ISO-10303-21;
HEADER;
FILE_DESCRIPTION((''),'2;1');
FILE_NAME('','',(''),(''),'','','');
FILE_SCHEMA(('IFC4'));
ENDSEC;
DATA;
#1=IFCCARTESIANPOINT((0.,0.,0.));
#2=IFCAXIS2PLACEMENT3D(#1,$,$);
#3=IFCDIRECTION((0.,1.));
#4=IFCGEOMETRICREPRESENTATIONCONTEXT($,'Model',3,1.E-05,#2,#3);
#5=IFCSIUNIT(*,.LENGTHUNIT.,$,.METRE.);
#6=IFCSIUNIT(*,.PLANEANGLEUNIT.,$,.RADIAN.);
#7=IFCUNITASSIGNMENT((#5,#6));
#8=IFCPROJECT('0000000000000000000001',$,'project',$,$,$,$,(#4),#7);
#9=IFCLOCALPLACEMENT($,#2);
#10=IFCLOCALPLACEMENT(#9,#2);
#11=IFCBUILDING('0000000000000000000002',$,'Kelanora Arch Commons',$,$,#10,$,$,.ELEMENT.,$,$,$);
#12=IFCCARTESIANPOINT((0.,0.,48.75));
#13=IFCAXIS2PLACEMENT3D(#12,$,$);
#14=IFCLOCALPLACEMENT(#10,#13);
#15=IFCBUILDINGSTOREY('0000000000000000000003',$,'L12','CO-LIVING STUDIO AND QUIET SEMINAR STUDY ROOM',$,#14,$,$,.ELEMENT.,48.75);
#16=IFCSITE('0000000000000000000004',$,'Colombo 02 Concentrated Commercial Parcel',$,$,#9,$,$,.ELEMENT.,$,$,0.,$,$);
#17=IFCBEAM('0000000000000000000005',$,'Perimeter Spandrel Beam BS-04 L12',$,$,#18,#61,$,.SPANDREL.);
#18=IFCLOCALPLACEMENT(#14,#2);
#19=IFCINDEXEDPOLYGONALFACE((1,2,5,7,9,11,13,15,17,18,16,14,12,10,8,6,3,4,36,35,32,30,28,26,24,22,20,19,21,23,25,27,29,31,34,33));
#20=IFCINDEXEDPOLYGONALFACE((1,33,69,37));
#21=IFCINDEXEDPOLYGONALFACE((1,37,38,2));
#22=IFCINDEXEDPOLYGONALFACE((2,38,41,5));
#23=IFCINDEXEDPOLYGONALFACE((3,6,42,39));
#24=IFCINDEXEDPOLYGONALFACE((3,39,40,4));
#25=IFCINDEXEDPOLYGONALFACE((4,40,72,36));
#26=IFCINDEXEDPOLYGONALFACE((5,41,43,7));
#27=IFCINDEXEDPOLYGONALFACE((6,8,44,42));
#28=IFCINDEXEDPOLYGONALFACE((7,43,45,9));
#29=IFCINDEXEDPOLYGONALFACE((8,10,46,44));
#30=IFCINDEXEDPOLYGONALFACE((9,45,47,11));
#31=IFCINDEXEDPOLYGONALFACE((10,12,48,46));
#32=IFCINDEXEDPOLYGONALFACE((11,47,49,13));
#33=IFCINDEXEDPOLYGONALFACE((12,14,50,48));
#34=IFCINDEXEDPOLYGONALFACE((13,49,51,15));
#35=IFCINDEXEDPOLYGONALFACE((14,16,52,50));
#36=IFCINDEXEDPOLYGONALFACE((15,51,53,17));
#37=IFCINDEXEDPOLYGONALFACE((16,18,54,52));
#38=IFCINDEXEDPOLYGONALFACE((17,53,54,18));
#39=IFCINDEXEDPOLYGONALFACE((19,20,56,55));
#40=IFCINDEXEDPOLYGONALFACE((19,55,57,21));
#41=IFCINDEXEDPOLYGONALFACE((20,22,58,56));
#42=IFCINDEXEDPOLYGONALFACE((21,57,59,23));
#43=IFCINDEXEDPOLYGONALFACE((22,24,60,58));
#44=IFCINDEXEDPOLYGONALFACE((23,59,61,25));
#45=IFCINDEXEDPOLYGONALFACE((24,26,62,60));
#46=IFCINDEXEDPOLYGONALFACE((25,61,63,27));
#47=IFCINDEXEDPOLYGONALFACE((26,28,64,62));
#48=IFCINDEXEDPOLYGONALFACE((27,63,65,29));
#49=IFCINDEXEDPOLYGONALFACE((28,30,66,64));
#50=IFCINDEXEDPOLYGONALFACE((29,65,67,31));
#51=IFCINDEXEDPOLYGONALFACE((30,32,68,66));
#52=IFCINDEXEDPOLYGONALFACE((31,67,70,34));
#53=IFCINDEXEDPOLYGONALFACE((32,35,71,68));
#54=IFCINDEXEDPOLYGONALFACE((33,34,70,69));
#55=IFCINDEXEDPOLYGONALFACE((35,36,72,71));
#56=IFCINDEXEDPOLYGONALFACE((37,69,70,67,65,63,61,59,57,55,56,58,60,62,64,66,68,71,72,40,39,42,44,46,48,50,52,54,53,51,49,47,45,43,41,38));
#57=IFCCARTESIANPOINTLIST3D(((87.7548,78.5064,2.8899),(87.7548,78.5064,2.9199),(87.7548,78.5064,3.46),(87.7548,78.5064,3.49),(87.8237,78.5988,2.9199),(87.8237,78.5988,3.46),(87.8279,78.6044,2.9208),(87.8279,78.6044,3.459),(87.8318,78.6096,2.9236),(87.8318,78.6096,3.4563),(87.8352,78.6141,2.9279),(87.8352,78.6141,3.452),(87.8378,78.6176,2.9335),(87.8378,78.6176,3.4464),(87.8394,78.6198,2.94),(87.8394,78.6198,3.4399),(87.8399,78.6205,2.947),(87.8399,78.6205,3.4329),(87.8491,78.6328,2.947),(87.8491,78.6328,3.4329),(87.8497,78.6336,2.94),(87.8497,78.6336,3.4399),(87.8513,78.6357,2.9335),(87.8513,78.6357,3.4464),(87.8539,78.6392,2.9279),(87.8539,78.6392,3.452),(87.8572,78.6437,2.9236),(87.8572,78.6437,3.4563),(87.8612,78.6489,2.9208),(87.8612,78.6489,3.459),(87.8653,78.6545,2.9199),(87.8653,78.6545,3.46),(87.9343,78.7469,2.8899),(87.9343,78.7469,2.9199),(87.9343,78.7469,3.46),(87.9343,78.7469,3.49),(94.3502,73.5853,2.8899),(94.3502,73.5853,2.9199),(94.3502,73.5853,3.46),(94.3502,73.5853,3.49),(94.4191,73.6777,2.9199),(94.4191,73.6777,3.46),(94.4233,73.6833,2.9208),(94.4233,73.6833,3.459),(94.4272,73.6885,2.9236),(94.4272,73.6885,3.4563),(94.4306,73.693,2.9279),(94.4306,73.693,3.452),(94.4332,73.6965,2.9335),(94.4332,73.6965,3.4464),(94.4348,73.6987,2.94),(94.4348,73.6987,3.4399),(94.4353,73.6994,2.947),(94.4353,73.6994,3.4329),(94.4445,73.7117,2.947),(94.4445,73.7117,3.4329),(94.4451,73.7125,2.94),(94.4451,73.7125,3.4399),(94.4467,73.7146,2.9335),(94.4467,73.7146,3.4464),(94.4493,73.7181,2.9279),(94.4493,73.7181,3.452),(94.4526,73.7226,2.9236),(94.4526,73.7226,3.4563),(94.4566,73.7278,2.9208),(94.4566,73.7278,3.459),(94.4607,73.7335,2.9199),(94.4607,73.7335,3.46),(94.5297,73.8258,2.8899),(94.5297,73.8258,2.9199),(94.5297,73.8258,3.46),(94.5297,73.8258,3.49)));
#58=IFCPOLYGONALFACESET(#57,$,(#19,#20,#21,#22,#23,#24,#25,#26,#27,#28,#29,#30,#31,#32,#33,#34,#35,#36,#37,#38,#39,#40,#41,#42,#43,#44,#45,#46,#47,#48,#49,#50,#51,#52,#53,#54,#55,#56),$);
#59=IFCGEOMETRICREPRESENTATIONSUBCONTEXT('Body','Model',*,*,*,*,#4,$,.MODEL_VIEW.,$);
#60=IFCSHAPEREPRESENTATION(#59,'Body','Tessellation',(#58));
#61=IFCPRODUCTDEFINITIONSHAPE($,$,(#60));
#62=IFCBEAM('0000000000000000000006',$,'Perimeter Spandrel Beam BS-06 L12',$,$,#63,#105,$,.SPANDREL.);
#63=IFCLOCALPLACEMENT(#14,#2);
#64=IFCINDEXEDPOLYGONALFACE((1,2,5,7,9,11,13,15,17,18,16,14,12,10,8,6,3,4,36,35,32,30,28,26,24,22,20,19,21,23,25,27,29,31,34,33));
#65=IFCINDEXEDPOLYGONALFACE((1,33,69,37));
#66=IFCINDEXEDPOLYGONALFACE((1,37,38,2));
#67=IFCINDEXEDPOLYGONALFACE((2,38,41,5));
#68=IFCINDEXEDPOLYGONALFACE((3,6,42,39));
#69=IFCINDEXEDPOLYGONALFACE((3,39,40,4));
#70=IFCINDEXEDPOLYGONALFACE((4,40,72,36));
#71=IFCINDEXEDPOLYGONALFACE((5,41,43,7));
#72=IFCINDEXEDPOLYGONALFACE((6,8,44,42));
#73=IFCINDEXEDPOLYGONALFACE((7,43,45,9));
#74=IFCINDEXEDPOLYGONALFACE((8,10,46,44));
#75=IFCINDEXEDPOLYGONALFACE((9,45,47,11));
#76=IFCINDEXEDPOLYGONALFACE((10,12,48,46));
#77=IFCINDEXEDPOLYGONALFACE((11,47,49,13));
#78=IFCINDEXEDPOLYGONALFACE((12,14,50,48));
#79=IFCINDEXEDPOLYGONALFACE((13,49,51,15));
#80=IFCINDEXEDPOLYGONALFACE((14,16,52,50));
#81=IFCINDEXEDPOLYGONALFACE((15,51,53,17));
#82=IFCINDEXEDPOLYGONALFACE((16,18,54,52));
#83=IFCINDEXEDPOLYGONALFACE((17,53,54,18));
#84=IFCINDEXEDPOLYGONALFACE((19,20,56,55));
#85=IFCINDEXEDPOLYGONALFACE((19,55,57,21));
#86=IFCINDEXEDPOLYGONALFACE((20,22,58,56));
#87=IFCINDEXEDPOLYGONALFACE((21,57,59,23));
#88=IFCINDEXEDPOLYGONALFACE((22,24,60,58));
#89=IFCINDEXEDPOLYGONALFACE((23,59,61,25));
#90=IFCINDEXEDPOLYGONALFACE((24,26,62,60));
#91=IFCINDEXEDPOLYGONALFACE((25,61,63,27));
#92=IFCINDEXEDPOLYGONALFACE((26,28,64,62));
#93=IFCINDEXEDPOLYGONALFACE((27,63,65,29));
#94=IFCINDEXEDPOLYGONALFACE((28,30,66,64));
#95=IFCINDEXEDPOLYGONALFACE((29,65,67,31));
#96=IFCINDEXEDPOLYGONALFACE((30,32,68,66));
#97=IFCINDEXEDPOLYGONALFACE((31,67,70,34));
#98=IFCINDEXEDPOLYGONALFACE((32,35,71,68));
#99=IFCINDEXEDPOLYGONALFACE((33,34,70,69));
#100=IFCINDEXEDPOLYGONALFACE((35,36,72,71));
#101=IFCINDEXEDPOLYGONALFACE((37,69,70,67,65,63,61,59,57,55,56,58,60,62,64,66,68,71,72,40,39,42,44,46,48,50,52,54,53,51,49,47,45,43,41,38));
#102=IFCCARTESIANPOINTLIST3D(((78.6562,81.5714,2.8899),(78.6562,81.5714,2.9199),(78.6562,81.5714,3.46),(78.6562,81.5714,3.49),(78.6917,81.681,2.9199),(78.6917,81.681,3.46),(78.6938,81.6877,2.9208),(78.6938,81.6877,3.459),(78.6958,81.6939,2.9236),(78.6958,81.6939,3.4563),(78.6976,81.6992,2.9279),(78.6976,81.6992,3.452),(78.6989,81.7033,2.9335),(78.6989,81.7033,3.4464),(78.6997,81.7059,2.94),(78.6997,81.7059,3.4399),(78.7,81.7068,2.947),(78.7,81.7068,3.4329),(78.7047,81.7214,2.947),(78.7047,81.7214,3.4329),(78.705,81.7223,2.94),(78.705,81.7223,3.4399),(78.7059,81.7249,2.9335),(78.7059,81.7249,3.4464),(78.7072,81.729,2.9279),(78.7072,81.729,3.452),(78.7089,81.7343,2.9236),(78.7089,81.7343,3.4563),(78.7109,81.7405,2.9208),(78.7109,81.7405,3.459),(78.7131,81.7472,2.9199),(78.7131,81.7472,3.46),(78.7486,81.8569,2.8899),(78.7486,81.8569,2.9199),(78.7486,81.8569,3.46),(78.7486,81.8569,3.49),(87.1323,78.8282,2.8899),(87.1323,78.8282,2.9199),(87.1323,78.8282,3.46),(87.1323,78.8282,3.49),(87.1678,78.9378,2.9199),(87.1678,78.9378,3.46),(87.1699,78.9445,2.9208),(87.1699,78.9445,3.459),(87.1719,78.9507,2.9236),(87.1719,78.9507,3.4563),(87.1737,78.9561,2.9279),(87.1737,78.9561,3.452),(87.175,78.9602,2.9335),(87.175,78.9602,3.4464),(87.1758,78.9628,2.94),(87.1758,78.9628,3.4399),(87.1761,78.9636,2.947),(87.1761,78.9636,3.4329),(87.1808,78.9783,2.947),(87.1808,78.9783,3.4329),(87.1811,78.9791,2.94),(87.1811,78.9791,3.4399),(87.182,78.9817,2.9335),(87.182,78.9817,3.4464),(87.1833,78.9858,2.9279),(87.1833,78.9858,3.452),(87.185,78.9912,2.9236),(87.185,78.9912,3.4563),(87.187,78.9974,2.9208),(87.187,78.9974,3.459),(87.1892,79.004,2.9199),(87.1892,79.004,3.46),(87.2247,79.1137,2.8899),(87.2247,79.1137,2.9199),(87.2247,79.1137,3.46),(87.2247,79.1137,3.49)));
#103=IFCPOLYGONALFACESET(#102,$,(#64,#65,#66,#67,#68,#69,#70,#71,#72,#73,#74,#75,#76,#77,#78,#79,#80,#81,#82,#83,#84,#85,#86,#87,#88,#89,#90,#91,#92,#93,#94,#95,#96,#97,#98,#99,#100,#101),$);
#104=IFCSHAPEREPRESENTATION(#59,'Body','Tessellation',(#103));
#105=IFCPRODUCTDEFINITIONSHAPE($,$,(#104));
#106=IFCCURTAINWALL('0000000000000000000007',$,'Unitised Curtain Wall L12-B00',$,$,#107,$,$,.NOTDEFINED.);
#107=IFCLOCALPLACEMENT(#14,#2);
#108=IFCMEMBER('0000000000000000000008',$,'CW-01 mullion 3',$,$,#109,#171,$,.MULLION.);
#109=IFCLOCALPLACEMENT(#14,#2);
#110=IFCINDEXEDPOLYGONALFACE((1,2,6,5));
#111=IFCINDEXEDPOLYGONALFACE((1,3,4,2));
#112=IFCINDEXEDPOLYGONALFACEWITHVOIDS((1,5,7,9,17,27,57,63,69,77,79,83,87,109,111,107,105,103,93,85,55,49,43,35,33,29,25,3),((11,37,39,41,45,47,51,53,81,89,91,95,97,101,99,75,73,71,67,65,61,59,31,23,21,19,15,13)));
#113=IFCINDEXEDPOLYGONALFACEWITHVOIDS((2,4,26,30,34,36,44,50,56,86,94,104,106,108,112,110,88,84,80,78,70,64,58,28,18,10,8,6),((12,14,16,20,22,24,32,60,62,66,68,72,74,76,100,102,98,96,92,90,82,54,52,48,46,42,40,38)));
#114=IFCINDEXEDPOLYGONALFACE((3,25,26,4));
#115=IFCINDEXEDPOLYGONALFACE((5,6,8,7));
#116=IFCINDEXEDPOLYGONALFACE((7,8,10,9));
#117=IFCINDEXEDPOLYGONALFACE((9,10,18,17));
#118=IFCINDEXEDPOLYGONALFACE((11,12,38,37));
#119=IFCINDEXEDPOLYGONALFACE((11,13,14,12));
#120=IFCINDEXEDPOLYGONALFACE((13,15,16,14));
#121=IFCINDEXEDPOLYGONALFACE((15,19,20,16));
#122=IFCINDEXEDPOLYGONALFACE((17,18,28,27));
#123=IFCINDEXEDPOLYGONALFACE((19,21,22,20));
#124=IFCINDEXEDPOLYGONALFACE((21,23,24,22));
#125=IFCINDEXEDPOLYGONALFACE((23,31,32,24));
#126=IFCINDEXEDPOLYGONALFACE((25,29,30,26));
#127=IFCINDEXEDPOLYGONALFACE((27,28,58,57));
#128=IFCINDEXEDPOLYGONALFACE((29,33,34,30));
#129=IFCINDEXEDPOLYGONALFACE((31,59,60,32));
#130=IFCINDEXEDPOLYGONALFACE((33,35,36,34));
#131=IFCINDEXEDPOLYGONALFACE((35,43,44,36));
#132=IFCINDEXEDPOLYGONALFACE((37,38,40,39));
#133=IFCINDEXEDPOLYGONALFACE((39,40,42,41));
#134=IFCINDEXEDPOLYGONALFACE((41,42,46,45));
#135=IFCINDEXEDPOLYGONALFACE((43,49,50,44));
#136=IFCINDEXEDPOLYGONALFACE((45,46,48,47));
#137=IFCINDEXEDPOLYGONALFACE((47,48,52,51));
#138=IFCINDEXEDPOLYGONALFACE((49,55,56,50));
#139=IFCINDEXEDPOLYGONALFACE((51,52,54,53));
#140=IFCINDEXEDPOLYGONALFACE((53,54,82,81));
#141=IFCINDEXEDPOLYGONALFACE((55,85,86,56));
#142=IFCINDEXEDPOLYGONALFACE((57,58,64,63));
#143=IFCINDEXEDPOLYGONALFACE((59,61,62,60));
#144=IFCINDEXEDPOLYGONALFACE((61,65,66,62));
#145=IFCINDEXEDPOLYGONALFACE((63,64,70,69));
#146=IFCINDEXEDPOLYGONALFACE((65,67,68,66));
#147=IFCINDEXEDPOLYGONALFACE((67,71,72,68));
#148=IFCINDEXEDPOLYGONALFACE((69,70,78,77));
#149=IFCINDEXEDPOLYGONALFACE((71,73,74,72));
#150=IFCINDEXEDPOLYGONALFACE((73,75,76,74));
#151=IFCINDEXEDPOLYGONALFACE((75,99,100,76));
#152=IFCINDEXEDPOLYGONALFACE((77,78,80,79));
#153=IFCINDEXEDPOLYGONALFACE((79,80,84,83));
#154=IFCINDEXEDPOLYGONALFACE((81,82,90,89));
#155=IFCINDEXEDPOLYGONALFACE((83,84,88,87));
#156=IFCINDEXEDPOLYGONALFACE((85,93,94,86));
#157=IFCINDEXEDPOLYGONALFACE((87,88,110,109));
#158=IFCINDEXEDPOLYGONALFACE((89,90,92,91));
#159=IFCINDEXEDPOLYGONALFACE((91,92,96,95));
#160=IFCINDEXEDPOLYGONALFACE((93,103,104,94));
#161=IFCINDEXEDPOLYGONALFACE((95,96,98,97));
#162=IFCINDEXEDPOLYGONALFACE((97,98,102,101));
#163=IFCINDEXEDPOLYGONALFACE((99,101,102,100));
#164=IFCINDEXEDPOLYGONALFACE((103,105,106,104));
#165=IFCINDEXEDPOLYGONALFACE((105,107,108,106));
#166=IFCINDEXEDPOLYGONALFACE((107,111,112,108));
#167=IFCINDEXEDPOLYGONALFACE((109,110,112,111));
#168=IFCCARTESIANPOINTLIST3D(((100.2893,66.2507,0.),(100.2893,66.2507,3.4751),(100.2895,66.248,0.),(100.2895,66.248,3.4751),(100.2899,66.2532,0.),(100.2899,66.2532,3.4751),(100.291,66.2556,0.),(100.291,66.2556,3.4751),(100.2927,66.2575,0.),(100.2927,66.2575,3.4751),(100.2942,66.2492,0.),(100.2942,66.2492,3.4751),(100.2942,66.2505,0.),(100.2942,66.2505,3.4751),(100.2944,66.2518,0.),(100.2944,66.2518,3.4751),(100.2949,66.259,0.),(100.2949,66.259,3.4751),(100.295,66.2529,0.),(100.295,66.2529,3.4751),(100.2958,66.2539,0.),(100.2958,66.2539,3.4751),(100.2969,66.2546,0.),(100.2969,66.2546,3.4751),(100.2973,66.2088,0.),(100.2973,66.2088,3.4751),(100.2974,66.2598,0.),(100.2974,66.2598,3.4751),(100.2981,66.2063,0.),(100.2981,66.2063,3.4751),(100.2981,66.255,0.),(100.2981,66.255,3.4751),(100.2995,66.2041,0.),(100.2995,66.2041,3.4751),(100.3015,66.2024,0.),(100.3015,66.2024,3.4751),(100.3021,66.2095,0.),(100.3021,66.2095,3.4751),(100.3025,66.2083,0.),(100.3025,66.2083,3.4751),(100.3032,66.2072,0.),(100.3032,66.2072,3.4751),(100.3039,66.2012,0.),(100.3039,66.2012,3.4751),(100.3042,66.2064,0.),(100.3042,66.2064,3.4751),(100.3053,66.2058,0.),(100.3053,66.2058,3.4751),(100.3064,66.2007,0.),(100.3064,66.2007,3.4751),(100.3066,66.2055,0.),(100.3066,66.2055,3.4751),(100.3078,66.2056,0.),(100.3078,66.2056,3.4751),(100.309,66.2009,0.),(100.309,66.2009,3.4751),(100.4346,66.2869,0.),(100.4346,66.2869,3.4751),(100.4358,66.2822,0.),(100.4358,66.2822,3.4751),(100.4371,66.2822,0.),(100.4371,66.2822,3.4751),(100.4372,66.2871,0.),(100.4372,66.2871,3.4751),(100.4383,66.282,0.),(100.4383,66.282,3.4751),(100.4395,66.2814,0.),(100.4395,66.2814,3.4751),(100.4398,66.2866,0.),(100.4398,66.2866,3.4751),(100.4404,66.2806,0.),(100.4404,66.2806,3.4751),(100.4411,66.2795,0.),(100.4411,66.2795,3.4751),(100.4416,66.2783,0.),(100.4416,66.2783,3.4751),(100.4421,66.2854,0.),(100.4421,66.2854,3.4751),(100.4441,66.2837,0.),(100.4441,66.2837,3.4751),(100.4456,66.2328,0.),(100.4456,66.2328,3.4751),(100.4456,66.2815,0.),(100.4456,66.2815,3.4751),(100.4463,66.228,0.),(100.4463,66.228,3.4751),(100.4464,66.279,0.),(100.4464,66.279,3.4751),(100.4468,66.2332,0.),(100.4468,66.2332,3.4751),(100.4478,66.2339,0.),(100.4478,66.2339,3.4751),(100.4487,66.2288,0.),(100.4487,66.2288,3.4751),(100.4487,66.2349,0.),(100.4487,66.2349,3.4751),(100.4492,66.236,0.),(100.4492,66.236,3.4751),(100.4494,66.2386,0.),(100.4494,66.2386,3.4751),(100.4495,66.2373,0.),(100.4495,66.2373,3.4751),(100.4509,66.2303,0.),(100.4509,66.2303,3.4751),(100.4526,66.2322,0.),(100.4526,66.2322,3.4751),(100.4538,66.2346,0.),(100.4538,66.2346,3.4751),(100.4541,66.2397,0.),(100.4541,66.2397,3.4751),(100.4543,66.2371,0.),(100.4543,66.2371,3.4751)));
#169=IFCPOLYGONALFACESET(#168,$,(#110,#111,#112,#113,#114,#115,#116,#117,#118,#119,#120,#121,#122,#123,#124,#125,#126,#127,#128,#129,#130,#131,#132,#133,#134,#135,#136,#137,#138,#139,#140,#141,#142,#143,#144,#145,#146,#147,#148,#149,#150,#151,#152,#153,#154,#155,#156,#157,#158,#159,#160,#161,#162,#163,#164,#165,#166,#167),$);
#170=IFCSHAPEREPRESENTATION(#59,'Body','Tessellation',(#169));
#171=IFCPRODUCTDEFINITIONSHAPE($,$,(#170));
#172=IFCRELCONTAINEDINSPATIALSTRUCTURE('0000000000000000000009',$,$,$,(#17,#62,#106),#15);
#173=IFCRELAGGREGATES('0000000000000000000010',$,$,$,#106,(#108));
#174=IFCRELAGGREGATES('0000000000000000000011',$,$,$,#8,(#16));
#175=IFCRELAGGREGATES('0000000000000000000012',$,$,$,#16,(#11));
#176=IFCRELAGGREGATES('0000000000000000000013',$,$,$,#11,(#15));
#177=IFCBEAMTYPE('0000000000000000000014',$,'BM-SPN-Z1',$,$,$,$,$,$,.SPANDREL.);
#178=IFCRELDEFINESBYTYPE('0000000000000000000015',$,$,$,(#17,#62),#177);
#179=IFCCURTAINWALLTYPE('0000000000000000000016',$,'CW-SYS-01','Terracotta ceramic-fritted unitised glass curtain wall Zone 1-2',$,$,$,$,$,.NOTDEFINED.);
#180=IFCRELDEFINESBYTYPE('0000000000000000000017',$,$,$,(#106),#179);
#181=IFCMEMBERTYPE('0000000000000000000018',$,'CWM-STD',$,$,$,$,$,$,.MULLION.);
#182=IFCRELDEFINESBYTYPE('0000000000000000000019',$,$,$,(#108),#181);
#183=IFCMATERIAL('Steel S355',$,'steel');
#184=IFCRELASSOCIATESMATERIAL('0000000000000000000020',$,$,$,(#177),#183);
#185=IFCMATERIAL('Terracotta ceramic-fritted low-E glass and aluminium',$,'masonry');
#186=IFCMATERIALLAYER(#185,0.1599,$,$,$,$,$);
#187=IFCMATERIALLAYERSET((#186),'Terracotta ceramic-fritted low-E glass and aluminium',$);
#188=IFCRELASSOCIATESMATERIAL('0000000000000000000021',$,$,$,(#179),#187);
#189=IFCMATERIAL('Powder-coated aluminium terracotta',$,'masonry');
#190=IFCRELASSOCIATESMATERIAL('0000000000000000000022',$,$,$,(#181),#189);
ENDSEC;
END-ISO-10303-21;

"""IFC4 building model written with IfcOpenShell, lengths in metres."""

from ifc_helpers import new_model, si_unit, direction, frame, origin, origin_2d, place, context, subcontext, project, spatial, hollow_rectangle, i_section, extrude, material, layer, layer_set, material_profile, profile_set, type_object, element, aggregate, save


model = new_model("IFC4")

# Units and contexts
model_context = context("Model", 3, precision=1e-05, world=origin(), true_north=direction((0.0, 1.0)))
body_context = subcontext(model_context, "Body", "Model", "MODEL_VIEW")
ifc_project = project(units=[si_unit("LENGTHUNIT", "METRE"), si_unit("PLANEANGLEUNIT", "RADIAN")], contexts=[model_context])

# Site, building, storey
site_placement = place(None, origin())
site = spatial("IfcSite", under=ifc_project, at=site_placement, Name="Colombo 02 Concentrated Commercial Parcel", CompositionType="ELEMENT", RefElevation=0.0)
building_placement = place(site_placement, origin())
building = spatial("IfcBuilding", under=site, at=building_placement, Name="Kelanora Arch Commons", CompositionType="ELEMENT")
storey_placement = place(building_placement, frame((0.0, 0.0, 48.75)))
storey = spatial("IfcBuildingStorey", under=building, at=storey_placement, Name="L12", Description="CO-LIVING STUDIO AND QUIET SEMINAR STUDY ROOM", CompositionType="ELEMENT", Elevation=48.75)

# Beams
ifc_material_1 = material(Name="Steel S355", Category="steel")
ifc_material_profile_1 = material_profile(ifc_material_1, i_section(OverallWidth=0.3, OverallDepth=0.6001, WebThickness=0.0154, FlangeThickness=0.03, FilletRadius=0.0271, at=origin_2d()), Name="HEB600")
ifc_profile_set_1 = profile_set([ifc_material_profile_1], Name="Steel S355")
beam_type_1 = type_object("IfcBeamType", Name="BM-SPN-Z1", PredefinedType="SPANDREL", material=ifc_profile_set_1)
beam_1_placement = place(storey_placement, frame((94.4399, 73.7056, 3.1899), z_axis=(-0.801482, 0.598019, 0.0), x_axis=(-0.598019, -0.801482, 0.0)))
element("IfcBeam", 1, at=beam_1_placement, inside=storey, type_object=beam_type_1, Name="Perimeter Spandrel Beam BS-04 L12", PredefinedType="SPANDREL", context=body_context, shape_type="SweptSolid", body=[
    extrude(i_section(OverallWidth=0.3, OverallDepth=0.6001, WebThickness=0.0154, FlangeThickness=0.03, FilletRadius=0.0271, at=origin_2d()), origin(), (0.0, 0.0, 1.0), 8.229),
])
beam_2_placement = place(storey_placement, frame((87.1785, 78.9709, 3.1899), z_axis=(-0.951415, 0.307912, 0.0), x_axis=(-0.307912, -0.951415, 0.0)))
element("IfcBeam", 2, at=beam_2_placement, inside=storey, type_object=beam_type_1, Name="Perimeter Spandrel Beam BS-06 L12", PredefinedType="SPANDREL", context=body_context, shape_type="SweptSolid", body=[
    extrude(i_section(OverallWidth=0.3, OverallDepth=0.6001, WebThickness=0.0154, FlangeThickness=0.03, FilletRadius=0.0271, at=origin_2d()), origin(), (0.0, 0.0, 1.0), 8.9089),
])

# Curtain wall, member
ifc_material_2 = material(Name="Terracotta ceramic-fritted low-E glass and aluminium", Category="masonry")
ifc_layer_1 = layer(ifc_material_2, 0.1599)
ifc_layer_set_1 = layer_set([ifc_layer_1], Name="Terracotta ceramic-fritted low-E glass and aluminium")
curtain_wall_type = type_object("IfcCurtainWallType", Name="CW-SYS-01", Description="Terracotta ceramic-fritted unitised glass curtain wall Zone 1-2", PredefinedType="NOTDEFINED", material=ifc_layer_set_1)
curtain_wall_1_placement = place(storey_placement, origin())
curtain_wall_1 = element("IfcCurtainWall", 3, at=curtain_wall_1_placement, inside=storey, type_object=curtain_wall_type, Name="Unitised Curtain Wall L12-B00", PredefinedType="NOTDEFINED")
ifc_material_3 = material(Name="Powder-coated aluminium terracotta", Category="masonry")
ifc_material_profile_2 = material_profile(ifc_material_3, hollow_rectangle(XDim=0.1599, YDim=0.0601, WallThickness=0.0049, InnerFilletRadius=0.0049, OuterFilletRadius=0.01, at=origin_2d()), Name="CWM160x60")
ifc_profile_set_2 = profile_set([ifc_material_profile_2], Name="Powder-coated aluminium terracotta")
member_type_1 = type_object("IfcMemberType", Name="CWM-STD", PredefinedType="MULLION", material=ifc_profile_set_2)
member_1_placement = place(storey_placement, frame((100.3718, 66.2439, 0.0), z_axis=(0.0, 0.0, 1.0), x_axis=(-0.981052, -0.193744, 0.0)))
member_1 = element("IfcMember", 4, at=member_1_placement, type_object=member_type_1, Name="CW-01 mullion 3", PredefinedType="MULLION", context=body_context, shape_type="SweptSolid", body=[
    extrude(hollow_rectangle(XDim=0.1599, YDim=0.0601, WallThickness=0.0049, InnerFilletRadius=0.0049, OuterFilletRadius=0.01, at=origin_2d()), origin(), (0.0, 0.0, 1.0), 3.4751),
])
aggregate(curtain_wall_1, [member_1])

save(model, "model.ifc")
